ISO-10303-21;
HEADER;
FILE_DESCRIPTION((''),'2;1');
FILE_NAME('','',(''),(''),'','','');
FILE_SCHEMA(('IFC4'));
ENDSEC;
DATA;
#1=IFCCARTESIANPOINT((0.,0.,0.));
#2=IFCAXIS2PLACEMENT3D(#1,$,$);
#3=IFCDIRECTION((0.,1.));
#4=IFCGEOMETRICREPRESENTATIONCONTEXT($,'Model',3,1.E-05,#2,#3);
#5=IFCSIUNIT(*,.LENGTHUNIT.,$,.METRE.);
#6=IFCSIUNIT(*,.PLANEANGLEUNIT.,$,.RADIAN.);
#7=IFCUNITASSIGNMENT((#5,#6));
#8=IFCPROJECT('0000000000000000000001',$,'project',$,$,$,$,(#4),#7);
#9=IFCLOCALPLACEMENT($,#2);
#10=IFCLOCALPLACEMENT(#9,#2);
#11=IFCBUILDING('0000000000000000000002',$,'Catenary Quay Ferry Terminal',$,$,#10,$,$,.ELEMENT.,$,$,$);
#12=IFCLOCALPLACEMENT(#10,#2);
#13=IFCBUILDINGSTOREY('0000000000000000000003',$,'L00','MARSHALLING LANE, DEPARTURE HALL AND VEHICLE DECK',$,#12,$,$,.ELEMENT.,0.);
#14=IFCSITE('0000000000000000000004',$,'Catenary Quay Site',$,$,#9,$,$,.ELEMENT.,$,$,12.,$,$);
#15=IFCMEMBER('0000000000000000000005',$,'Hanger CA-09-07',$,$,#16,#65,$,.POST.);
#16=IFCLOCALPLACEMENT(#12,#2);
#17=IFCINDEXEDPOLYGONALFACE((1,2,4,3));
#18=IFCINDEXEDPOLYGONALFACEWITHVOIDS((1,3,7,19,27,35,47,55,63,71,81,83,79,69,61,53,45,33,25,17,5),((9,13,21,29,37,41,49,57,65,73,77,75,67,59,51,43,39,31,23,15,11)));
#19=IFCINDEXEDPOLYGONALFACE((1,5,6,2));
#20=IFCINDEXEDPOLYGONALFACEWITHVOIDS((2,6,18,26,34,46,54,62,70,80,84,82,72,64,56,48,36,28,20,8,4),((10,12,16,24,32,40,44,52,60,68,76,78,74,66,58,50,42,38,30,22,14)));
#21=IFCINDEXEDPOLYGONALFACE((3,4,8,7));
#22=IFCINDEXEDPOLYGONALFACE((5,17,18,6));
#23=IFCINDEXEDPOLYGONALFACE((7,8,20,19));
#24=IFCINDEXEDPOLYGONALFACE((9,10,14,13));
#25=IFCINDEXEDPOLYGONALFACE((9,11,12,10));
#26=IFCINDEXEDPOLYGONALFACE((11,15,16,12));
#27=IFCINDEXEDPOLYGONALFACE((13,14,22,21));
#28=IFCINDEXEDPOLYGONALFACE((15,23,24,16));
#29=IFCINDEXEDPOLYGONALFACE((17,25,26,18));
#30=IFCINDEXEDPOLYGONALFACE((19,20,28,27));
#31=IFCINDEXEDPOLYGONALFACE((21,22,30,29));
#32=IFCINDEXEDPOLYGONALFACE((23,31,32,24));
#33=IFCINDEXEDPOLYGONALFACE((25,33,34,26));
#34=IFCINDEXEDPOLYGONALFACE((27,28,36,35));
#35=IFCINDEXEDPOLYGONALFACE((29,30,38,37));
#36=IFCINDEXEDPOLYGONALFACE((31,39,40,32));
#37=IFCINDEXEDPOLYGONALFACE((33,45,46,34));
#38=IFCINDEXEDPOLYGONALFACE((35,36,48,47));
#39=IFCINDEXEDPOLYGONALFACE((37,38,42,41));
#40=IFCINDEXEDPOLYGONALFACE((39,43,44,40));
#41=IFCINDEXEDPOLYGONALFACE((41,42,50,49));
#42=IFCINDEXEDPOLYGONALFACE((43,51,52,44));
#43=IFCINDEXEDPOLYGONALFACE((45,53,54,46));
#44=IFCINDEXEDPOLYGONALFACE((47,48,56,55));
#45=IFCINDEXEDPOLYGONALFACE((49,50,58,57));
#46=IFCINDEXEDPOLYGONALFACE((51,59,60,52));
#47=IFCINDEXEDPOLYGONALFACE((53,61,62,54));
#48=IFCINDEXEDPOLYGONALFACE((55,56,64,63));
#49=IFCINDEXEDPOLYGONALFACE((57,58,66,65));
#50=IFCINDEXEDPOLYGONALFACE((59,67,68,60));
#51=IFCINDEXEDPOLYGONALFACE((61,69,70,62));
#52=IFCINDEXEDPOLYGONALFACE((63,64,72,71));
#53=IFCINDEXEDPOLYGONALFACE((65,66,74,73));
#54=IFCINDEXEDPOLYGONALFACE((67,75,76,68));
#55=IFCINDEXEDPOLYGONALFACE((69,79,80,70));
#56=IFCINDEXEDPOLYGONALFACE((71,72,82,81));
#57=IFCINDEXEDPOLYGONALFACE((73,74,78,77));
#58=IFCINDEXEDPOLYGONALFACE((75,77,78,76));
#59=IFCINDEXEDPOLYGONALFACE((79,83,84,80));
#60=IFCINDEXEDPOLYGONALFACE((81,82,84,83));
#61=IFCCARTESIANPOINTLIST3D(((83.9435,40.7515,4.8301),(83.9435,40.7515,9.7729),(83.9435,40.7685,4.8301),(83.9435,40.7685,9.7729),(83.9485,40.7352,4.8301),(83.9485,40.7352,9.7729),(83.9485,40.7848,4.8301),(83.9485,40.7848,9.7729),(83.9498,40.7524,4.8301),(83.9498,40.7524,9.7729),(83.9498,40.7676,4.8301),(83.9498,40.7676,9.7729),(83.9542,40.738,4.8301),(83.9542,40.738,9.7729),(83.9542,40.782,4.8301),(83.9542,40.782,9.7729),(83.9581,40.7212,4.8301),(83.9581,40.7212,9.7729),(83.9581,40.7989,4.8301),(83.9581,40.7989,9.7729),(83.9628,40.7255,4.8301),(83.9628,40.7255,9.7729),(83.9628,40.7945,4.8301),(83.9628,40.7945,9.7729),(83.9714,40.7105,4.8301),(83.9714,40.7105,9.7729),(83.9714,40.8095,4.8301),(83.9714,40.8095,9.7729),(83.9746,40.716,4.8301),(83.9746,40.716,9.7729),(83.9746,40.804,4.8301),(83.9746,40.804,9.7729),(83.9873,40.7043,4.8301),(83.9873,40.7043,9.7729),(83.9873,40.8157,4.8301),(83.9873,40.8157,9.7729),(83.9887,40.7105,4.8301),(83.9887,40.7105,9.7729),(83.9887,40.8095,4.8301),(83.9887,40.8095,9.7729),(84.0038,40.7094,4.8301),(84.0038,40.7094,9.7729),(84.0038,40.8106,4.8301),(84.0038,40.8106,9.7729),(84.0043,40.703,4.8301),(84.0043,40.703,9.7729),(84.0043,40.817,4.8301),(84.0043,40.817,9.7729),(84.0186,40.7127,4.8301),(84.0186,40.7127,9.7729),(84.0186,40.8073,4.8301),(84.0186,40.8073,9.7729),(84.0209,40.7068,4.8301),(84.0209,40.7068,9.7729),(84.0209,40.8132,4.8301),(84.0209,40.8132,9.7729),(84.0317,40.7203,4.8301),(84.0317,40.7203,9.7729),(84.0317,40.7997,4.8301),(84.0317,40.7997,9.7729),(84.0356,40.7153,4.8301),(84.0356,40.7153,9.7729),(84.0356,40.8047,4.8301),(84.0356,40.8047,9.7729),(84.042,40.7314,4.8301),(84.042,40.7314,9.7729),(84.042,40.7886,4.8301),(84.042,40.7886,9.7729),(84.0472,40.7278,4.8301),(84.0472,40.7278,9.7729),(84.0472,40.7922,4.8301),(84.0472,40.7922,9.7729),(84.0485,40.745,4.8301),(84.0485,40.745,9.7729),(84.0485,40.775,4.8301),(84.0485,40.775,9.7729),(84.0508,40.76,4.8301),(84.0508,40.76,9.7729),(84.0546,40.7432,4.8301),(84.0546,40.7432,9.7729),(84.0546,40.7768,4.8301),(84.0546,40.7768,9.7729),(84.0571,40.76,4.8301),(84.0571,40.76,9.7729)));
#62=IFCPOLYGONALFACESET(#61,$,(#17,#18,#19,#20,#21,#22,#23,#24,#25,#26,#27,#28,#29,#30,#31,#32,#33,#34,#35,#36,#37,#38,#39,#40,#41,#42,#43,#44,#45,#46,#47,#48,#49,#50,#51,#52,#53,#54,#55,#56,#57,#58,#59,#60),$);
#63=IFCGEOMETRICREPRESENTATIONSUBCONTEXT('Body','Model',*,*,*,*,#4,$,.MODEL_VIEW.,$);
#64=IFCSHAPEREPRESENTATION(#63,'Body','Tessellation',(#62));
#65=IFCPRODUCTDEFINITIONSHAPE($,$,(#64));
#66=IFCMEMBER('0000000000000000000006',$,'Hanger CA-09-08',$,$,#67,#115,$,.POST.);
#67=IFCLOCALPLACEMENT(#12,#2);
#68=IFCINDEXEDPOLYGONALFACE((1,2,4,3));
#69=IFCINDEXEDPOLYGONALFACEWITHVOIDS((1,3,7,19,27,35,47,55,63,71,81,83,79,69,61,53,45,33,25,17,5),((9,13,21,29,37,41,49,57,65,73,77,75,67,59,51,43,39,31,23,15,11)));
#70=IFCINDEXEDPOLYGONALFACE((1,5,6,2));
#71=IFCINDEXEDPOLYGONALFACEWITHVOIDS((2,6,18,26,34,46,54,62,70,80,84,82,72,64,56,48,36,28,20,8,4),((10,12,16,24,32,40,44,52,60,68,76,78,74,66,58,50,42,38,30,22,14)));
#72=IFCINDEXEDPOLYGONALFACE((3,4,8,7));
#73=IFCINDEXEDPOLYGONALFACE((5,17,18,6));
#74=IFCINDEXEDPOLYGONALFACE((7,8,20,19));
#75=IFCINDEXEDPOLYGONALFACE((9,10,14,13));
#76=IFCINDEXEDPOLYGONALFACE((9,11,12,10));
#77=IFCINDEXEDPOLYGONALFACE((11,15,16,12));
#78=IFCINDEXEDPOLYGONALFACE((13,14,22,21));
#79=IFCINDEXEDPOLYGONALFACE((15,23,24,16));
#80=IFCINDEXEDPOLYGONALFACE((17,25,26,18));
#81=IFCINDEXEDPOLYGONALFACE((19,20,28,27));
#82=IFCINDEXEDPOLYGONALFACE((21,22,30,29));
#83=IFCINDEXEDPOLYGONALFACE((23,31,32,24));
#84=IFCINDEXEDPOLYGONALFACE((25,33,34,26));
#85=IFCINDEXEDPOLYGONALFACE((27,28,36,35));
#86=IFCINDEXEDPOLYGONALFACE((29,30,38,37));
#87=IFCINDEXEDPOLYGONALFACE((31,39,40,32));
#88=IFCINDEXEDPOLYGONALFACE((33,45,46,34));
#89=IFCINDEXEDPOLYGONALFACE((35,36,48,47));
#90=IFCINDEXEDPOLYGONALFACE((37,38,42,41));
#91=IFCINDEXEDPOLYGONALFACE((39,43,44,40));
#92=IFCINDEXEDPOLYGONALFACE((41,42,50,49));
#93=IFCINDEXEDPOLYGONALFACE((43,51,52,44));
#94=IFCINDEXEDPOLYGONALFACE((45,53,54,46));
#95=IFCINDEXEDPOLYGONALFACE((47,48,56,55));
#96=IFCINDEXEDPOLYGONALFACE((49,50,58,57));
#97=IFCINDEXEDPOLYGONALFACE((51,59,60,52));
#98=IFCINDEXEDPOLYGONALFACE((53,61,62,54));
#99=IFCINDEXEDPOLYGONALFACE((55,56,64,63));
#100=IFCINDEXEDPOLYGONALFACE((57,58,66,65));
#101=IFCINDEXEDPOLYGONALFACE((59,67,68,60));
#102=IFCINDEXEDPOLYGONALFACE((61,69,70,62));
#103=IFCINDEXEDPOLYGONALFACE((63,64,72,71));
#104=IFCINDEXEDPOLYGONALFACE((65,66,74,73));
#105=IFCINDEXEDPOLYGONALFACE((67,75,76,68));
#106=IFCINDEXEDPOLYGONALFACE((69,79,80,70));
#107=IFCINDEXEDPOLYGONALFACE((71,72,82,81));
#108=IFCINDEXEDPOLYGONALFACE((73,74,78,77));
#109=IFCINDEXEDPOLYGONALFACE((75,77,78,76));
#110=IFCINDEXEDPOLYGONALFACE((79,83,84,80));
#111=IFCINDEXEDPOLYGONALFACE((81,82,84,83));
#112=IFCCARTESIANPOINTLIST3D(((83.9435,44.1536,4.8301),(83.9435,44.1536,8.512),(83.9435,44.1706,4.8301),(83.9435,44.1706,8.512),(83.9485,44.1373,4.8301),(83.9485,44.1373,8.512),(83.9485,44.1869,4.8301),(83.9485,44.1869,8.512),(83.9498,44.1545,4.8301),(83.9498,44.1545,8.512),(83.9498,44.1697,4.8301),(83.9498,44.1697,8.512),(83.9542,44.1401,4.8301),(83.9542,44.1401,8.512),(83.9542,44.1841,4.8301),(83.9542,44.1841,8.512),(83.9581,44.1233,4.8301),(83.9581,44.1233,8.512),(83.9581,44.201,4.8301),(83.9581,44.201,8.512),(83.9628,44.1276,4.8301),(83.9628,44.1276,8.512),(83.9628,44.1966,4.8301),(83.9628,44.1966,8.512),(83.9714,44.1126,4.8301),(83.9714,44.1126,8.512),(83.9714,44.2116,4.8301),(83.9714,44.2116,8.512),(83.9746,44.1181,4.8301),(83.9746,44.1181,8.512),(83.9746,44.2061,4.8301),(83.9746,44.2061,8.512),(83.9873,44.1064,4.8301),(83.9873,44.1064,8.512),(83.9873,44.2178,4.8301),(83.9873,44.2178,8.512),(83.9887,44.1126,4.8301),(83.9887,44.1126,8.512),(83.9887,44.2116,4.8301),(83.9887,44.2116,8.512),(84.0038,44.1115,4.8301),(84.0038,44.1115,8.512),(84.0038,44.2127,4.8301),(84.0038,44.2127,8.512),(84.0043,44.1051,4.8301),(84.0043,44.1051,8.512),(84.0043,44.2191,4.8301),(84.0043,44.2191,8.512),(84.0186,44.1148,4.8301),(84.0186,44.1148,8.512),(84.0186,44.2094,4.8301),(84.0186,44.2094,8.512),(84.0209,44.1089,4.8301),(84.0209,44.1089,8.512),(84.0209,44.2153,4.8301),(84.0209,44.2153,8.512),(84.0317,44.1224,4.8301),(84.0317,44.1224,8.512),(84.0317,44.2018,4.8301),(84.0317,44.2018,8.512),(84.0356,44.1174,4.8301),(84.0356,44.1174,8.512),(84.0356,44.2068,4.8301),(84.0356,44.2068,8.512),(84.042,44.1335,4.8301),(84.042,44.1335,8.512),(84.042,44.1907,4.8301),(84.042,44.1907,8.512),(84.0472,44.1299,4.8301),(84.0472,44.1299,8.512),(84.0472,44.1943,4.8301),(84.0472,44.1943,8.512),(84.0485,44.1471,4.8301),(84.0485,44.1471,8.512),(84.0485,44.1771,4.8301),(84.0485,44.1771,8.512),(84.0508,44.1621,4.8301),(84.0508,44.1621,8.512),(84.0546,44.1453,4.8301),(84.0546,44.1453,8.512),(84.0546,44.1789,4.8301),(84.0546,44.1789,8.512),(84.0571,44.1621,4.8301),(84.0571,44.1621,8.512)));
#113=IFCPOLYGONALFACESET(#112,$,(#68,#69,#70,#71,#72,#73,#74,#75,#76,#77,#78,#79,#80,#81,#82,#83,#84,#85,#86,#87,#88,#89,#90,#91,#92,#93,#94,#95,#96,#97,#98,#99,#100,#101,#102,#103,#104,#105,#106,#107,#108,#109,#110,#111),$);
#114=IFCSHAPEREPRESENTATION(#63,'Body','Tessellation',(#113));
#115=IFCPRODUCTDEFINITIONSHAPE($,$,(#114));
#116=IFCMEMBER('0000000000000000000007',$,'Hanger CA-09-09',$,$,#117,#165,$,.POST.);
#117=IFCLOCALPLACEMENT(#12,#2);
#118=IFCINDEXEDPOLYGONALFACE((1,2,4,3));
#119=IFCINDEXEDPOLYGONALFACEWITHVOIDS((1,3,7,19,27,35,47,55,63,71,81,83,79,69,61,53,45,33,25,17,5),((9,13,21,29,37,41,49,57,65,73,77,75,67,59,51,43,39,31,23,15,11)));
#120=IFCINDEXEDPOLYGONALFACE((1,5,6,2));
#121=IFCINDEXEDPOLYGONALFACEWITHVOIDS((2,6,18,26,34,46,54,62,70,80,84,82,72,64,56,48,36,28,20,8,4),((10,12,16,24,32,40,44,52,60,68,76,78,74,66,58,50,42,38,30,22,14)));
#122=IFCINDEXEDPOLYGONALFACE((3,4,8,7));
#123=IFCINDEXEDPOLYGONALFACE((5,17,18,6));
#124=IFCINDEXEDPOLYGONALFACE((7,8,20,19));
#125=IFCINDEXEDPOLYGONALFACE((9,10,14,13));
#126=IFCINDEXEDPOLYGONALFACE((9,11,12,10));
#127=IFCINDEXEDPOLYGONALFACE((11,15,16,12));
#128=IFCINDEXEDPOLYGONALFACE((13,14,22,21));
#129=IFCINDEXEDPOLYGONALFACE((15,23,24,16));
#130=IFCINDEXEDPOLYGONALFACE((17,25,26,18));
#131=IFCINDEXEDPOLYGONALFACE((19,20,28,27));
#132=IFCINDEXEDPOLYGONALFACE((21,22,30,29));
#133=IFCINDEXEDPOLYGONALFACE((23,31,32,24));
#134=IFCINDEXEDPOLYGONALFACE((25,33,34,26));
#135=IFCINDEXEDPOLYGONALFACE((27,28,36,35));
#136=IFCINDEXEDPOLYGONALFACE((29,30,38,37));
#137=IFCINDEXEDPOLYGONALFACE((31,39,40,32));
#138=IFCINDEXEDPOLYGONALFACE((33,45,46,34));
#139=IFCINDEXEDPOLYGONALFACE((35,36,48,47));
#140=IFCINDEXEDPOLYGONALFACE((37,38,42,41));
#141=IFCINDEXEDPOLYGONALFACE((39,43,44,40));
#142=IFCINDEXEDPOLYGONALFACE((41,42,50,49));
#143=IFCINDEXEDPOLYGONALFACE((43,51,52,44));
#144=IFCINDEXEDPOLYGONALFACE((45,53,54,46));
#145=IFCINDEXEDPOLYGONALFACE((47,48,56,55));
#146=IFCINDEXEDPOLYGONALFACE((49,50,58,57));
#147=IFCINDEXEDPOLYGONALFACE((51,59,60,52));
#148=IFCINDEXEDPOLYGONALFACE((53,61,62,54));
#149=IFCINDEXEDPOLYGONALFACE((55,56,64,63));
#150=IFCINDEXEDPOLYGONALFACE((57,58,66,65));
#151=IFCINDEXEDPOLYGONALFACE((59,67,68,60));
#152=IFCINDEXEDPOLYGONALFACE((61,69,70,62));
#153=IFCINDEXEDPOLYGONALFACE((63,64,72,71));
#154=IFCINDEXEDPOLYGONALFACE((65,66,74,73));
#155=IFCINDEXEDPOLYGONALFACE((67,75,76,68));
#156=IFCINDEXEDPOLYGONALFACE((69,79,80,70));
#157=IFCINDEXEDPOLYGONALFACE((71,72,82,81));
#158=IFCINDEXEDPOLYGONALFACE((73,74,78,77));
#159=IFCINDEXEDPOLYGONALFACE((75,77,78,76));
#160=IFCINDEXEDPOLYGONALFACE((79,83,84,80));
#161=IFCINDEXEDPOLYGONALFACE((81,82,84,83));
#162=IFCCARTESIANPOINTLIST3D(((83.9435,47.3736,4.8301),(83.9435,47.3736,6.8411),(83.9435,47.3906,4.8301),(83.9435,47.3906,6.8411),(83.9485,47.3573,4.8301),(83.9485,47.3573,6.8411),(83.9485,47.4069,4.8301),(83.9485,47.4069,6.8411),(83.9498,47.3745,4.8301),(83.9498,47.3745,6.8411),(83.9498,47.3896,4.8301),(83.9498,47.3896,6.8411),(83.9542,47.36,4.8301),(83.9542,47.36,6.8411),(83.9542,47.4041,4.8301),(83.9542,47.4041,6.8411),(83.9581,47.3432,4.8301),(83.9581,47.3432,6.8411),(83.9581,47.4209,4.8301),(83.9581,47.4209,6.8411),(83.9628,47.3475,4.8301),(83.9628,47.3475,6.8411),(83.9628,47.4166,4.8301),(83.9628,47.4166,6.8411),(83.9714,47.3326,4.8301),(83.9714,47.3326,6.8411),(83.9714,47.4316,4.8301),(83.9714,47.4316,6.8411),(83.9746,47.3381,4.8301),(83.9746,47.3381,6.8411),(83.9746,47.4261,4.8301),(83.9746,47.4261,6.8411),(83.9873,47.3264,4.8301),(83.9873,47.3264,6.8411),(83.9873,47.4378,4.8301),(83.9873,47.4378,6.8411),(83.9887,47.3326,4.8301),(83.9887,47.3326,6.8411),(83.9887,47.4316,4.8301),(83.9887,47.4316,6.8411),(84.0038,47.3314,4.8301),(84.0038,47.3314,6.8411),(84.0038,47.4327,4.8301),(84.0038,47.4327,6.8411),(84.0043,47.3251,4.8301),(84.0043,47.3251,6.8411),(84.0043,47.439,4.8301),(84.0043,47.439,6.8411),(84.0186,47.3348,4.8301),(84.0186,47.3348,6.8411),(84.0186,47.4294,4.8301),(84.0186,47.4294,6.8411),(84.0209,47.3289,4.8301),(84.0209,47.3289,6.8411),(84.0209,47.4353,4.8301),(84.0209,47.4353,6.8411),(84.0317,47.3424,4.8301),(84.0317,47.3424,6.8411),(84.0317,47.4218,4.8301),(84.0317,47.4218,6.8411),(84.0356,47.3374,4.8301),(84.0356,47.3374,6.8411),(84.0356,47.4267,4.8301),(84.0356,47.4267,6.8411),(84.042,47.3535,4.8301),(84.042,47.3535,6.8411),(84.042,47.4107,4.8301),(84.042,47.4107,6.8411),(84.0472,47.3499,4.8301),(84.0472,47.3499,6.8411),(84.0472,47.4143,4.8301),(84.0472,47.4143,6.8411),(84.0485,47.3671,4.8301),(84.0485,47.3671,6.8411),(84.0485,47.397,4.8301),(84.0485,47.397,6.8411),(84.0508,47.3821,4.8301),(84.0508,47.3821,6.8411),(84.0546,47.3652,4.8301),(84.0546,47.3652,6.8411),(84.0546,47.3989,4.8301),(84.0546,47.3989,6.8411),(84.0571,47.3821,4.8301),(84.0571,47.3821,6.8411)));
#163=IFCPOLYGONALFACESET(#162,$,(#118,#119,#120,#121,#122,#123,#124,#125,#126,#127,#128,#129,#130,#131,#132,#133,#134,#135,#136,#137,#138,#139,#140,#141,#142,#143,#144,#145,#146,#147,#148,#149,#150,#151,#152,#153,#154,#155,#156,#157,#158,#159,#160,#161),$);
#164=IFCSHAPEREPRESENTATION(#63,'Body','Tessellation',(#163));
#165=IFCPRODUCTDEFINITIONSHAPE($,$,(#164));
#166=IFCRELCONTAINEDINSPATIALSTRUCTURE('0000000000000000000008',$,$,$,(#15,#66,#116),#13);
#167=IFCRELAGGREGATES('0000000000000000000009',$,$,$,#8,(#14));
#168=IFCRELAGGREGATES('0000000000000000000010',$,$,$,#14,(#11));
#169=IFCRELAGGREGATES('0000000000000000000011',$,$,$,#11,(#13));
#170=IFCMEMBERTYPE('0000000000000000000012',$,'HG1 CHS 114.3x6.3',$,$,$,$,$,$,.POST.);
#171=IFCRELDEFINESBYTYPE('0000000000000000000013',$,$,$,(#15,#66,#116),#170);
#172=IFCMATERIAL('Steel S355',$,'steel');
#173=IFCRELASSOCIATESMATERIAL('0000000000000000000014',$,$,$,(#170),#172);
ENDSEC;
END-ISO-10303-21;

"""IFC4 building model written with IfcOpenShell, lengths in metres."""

from ifc_helpers import new_model, si_unit, direction, frame, origin, origin_2d, place, context, subcontext, project, spatial, hollow_circle, extrude, material, material_profile, profile_set, type_object, element, save


model = new_model("IFC4")

# Units and contexts
model_context = context("Model", 3, precision=1e-05, world=origin(), true_north=direction((0.0, 1.0)))
body_context = subcontext(model_context, "Body", "Model", "MODEL_VIEW")
ifc_project = project(units=[si_unit("LENGTHUNIT", "METRE"), si_unit("PLANEANGLEUNIT", "RADIAN")], contexts=[model_context])

# Site, building, storey
site_placement = place(None, origin())
site = spatial("IfcSite", under=ifc_project, at=site_placement, Name="Catenary Quay Site", CompositionType="ELEMENT", RefElevation=12.0)
building_placement = place(site_placement, origin())
building = spatial("IfcBuilding", under=site, at=building_placement, Name="Catenary Quay Ferry Terminal", CompositionType="ELEMENT")
storey_placement = place(building_placement, origin())
storey = spatial("IfcBuildingStorey", under=building, at=storey_placement, Name="L00", Description="MARSHALLING LANE, DEPARTURE HALL AND VEHICLE DECK", CompositionType="ELEMENT", Elevation=0.0)

# Members
ifc_material_1 = material(Name="Steel S355", Category="steel")
ifc_material_profile_1 = material_profile(ifc_material_1, hollow_circle(Radius=0.0571, WallThickness=0.0063, at=origin_2d()), Name="CHS 114.3x6.3")
ifc_profile_set_1 = profile_set([ifc_material_profile_1], Name="Steel S355")
member_type_1 = type_object("IfcMemberType", Name="HG1 CHS 114.3x6.3", PredefinedType="POST", material=ifc_profile_set_1)
member_1_placement = place(storey_placement, frame((84.0, 40.76, 4.8301), z_axis=(0.0, 0.0, 1.0), x_axis=(1.0, 0.0, 0.0)))
element("IfcMember", 1, at=member_1_placement, inside=storey, type_object=member_type_1, Name="Hanger CA-09-07", PredefinedType="POST", context=body_context, shape_type="SweptSolid", body=[
    extrude(hollow_circle(Radius=0.0571, WallThickness=0.0063, at=origin_2d()), origin(), (0.0, 0.0, 1.0), 4.9429),
])
member_2_placement = place(storey_placement, frame((84.0, 44.1621, 4.8301), z_axis=(0.0, 0.0, 1.0), x_axis=(1.0, 0.0, 0.0)))
element("IfcMember", 2, at=member_2_placement, inside=storey, type_object=member_type_1, Name="Hanger CA-09-08", PredefinedType="POST", context=body_context, shape_type="SweptSolid", body=[
    extrude(hollow_circle(Radius=0.0571, WallThickness=0.0063, at=origin_2d()), origin(), (0.0, 0.0, 1.0), 3.6819),
])
member_3_placement = place(storey_placement, frame((84.0, 47.3821, 4.8301), z_axis=(0.0, 0.0, 1.0), x_axis=(1.0, 0.0, 0.0)))
element("IfcMember", 3, at=member_3_placement, inside=storey, type_object=member_type_1, Name="Hanger CA-09-09", PredefinedType="POST", context=body_context, shape_type="SweptSolid", body=[
    extrude(hollow_circle(Radius=0.0571, WallThickness=0.0063, at=origin_2d()), origin(), (0.0, 0.0, 1.0), 2.011),
])

save(model, "model.ifc")
